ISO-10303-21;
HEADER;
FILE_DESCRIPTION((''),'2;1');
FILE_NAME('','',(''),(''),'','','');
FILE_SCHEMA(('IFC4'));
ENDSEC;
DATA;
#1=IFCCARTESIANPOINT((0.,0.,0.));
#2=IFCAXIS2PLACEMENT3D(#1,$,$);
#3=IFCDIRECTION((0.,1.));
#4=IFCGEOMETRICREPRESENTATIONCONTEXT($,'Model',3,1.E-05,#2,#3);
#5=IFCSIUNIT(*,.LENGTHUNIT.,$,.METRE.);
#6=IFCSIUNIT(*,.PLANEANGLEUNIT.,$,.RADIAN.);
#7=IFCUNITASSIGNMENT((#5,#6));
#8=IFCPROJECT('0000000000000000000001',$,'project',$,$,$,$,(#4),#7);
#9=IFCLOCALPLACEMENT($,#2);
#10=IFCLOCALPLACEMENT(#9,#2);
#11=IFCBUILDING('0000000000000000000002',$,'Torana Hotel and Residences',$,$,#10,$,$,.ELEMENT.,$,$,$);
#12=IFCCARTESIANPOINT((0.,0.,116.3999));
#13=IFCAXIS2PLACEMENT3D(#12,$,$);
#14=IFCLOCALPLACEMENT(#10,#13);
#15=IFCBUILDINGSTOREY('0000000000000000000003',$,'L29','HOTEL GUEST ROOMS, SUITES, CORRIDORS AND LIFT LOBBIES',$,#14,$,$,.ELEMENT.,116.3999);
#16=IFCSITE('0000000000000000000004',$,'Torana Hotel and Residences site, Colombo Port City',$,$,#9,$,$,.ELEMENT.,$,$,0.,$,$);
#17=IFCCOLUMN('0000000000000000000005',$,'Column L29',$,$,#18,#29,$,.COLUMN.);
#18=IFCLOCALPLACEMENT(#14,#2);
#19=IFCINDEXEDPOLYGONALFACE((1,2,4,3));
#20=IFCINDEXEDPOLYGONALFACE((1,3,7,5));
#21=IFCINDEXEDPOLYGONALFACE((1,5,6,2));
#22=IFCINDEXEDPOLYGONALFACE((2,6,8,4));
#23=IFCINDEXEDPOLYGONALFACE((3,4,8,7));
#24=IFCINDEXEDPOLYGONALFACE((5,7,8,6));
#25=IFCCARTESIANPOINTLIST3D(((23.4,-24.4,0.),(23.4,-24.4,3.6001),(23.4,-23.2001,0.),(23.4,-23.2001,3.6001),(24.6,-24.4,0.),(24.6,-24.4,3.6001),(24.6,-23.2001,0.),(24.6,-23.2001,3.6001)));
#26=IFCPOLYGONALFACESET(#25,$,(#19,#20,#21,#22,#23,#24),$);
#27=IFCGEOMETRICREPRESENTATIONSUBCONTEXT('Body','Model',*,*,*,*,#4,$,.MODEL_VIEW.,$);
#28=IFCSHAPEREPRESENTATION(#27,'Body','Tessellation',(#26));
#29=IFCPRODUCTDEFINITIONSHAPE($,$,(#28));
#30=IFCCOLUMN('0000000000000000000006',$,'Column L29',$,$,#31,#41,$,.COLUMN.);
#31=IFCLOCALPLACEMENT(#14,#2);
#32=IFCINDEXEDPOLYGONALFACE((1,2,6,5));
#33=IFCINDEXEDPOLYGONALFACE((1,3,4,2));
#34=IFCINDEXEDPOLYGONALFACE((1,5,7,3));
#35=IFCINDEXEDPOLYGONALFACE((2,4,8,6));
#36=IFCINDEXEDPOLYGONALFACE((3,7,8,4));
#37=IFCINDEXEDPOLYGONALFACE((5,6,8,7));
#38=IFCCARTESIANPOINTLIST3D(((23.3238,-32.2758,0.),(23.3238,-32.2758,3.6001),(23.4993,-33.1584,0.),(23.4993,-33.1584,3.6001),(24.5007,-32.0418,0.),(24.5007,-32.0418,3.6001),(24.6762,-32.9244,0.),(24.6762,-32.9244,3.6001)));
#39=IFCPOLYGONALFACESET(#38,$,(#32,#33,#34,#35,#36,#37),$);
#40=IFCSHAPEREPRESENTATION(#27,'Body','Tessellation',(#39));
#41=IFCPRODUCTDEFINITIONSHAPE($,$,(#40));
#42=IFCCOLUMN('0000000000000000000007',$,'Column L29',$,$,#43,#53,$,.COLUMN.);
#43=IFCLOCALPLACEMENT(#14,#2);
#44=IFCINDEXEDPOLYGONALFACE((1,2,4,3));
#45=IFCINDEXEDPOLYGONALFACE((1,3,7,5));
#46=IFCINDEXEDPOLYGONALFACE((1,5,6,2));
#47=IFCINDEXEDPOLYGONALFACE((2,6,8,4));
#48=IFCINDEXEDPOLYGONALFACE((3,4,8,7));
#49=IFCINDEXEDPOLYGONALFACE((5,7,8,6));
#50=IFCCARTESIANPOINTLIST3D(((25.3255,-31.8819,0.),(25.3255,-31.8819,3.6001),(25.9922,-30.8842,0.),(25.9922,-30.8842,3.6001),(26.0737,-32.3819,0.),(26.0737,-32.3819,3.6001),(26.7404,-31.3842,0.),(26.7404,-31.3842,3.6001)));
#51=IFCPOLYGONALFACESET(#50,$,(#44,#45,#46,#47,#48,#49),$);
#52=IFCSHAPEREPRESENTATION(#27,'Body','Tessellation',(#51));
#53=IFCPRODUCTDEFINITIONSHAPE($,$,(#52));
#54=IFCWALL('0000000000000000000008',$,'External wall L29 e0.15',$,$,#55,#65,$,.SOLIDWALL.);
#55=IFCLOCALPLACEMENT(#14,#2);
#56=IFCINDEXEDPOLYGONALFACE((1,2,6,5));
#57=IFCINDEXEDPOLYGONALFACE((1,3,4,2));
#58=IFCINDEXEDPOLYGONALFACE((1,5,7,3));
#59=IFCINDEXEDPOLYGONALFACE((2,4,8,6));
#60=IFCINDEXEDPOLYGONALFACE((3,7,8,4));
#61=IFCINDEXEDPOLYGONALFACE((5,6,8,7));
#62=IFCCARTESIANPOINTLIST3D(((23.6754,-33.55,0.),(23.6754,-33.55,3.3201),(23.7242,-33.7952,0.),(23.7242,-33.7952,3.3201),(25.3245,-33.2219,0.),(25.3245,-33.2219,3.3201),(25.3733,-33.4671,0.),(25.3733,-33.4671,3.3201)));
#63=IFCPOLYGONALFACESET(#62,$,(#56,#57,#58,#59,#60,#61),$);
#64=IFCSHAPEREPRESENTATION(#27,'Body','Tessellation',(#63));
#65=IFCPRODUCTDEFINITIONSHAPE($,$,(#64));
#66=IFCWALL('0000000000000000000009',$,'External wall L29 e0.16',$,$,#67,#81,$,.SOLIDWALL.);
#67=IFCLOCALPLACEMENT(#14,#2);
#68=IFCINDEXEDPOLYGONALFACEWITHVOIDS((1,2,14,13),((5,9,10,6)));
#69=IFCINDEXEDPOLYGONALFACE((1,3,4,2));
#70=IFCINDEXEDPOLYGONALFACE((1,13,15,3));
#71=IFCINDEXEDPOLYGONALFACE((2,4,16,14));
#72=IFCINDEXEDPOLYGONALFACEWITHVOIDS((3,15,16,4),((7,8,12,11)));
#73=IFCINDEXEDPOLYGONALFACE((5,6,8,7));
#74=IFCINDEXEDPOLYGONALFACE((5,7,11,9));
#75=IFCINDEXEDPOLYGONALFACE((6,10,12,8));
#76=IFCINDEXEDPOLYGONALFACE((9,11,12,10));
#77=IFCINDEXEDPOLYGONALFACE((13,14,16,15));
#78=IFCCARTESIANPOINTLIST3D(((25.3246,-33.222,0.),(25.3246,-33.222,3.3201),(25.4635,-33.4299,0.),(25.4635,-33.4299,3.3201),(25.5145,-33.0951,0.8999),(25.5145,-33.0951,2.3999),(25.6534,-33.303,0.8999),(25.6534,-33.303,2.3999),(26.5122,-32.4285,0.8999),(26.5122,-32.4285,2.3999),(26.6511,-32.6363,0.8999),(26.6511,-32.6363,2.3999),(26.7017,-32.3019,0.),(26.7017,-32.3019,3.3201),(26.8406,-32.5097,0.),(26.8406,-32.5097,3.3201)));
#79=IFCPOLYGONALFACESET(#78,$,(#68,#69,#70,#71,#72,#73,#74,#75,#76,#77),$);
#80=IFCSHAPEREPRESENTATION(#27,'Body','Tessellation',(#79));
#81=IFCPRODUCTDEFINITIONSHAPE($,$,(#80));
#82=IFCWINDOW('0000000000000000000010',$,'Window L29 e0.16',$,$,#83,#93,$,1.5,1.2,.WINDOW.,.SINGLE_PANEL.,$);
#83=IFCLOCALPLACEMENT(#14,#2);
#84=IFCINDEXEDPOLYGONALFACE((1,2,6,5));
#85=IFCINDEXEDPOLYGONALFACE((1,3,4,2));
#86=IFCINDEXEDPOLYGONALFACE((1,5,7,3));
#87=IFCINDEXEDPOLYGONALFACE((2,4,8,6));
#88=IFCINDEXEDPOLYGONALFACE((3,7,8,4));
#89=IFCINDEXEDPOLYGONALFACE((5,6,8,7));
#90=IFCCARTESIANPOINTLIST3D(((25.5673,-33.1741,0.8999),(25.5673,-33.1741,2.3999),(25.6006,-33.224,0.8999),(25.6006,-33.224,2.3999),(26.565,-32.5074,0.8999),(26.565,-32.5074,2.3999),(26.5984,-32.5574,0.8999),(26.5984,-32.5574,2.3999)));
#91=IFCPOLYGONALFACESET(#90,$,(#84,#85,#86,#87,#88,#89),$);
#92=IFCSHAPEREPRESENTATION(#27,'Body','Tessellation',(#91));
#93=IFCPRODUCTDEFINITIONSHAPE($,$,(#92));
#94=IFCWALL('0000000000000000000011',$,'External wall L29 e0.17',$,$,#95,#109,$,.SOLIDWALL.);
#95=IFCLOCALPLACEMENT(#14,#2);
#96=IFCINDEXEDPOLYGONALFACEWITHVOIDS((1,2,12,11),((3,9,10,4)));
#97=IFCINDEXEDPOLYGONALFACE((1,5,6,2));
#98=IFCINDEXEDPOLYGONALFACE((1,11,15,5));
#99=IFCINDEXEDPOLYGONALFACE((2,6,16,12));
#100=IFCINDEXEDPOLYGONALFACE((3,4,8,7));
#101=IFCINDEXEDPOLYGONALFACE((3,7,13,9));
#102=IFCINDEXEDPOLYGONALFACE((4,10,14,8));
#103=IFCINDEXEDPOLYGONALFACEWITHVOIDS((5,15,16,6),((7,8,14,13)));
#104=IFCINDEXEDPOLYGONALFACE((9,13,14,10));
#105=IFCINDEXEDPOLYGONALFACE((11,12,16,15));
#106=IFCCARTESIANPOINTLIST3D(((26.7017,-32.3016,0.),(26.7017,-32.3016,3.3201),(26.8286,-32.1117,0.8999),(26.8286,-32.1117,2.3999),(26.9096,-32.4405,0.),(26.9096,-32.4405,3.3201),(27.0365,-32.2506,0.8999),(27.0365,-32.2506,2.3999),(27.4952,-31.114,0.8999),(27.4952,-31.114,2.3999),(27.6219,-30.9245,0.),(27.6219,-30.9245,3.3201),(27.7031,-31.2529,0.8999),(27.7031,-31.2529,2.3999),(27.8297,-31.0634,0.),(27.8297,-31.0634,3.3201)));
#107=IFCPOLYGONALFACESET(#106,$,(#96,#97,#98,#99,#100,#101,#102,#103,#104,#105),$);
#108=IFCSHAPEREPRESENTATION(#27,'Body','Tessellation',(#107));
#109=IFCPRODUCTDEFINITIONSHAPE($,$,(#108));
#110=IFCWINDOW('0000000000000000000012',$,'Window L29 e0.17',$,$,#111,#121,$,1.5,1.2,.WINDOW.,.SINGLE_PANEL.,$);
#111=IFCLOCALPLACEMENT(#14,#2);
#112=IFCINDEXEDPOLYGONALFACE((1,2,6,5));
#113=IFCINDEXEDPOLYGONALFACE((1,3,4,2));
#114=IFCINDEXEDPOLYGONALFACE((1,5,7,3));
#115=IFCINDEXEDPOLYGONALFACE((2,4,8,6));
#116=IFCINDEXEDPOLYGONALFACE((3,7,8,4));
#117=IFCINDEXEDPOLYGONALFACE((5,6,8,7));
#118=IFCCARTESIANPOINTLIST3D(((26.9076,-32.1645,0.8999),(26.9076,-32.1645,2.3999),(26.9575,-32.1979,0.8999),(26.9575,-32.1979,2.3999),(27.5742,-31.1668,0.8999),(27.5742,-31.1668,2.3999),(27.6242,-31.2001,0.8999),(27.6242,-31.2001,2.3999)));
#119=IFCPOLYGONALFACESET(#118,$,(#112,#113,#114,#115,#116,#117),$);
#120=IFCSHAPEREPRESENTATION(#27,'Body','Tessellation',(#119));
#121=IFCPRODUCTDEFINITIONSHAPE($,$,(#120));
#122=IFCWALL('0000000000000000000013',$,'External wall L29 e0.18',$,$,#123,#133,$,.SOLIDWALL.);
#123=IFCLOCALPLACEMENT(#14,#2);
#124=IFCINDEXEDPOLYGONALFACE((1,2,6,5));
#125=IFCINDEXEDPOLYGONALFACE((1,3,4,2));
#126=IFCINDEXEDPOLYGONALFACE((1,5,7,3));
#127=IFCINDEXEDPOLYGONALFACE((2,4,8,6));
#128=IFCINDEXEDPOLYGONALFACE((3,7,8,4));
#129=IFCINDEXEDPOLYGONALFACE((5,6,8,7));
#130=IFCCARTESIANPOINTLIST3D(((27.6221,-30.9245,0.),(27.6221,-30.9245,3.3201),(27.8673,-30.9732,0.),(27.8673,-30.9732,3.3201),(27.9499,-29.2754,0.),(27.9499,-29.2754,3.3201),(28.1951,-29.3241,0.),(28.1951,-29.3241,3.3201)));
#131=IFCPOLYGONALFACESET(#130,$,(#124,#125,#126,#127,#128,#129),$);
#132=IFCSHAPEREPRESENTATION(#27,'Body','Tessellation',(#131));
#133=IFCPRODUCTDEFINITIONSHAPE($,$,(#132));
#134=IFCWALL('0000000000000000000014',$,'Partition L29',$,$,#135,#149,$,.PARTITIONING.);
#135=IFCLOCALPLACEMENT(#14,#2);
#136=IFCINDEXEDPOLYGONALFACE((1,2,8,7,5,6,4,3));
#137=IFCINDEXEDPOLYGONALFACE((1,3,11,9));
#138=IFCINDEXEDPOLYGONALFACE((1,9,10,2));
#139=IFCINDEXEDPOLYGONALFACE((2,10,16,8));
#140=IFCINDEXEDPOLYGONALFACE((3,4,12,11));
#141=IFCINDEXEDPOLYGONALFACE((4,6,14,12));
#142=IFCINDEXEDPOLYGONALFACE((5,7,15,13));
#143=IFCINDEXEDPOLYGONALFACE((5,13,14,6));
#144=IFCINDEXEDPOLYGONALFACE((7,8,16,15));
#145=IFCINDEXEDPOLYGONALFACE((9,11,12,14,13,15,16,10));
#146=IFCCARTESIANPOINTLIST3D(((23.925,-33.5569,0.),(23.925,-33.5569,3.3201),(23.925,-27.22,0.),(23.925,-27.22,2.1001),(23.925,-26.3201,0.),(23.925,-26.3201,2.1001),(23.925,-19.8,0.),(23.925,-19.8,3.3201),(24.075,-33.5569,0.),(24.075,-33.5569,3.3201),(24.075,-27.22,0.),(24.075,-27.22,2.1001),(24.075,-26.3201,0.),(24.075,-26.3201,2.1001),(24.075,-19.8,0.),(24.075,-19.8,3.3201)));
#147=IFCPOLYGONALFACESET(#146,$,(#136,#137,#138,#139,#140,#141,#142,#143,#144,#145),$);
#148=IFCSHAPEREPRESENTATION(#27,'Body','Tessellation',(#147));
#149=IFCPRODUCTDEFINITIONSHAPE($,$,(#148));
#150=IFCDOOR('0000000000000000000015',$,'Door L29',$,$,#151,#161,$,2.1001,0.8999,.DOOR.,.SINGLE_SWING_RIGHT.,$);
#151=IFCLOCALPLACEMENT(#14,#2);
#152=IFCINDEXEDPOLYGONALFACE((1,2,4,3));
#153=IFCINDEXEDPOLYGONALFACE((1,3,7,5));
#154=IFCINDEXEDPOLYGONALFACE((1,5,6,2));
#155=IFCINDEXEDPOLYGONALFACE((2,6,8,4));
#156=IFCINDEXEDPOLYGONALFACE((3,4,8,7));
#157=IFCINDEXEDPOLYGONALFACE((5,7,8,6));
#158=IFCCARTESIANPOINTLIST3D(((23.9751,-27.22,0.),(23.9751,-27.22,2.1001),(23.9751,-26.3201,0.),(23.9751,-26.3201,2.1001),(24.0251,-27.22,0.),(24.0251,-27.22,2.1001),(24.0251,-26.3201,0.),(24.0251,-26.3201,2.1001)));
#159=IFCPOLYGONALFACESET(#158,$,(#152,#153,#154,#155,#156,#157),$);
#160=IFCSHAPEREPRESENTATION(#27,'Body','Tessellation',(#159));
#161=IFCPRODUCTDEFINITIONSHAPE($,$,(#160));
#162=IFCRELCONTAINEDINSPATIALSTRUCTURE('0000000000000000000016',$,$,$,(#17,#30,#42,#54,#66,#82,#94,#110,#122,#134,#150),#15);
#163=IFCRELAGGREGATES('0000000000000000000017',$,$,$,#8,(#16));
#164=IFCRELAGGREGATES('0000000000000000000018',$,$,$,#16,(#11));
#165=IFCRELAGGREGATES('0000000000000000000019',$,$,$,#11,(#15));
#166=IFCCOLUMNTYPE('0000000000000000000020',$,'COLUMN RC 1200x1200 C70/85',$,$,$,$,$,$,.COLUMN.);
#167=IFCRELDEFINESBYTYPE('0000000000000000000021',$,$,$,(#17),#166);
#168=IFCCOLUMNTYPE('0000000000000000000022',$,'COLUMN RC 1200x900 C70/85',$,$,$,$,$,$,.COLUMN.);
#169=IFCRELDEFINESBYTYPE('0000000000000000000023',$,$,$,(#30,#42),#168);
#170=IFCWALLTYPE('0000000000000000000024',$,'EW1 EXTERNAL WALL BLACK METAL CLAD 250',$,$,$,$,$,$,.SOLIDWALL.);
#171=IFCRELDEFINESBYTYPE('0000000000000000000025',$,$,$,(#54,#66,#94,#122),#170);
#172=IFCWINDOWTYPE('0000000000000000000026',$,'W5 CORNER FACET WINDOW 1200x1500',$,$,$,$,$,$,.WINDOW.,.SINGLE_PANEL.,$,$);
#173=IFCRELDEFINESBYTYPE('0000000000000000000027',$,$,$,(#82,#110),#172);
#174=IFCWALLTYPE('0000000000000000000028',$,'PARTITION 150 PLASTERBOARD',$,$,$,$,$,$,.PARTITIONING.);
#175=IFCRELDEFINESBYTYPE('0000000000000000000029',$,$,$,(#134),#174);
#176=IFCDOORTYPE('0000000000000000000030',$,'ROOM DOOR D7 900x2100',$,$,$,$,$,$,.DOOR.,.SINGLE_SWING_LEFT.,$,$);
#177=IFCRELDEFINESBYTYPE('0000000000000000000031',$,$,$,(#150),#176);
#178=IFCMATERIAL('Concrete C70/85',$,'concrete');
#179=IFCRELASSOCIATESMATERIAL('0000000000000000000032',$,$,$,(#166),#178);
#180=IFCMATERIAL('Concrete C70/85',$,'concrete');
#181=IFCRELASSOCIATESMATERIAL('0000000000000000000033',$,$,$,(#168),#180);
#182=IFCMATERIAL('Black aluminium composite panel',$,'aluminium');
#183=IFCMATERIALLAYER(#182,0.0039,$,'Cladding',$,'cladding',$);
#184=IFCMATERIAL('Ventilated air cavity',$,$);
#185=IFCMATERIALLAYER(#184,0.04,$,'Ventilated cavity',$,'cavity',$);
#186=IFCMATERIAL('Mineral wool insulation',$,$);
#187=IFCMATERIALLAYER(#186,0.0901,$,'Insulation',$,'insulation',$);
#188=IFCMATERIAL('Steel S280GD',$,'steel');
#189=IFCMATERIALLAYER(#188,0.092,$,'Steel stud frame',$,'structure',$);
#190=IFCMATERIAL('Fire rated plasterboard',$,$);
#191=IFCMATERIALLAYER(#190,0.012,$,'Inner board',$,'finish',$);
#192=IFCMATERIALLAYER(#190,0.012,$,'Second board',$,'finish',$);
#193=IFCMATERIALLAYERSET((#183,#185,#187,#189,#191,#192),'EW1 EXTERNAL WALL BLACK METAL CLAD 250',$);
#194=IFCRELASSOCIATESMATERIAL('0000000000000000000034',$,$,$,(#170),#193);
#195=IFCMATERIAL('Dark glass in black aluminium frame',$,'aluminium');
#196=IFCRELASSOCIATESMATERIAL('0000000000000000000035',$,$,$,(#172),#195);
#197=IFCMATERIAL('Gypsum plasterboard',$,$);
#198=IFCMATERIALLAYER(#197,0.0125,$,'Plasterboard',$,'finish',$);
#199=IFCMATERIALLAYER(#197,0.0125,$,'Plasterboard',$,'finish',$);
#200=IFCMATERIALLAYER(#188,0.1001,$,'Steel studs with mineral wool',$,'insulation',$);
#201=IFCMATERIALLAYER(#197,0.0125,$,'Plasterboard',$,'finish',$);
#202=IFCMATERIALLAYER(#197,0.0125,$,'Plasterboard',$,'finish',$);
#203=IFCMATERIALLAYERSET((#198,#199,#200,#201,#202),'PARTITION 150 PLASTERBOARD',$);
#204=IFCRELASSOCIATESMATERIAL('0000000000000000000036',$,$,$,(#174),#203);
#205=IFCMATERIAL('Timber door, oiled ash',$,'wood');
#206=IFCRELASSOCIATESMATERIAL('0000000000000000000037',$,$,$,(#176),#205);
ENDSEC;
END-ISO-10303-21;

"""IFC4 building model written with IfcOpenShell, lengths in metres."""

from ifc_helpers import new_model, si_unit, direction, frame, frame_2d, origin, origin_2d, place, context, subcontext, project, spatial, rectangle, extrude, material, layer, layer_set, material_profile, profile_set, type_object, element, fill, save


model = new_model("IFC4")

# Units and contexts
model_context = context("Model", 3, precision=1e-05, world=origin(), true_north=direction((0.0, 1.0)))
body_context = subcontext(model_context, "Body", "Model", "MODEL_VIEW")
ifc_project = project(units=[si_unit("LENGTHUNIT", "METRE"), si_unit("PLANEANGLEUNIT", "RADIAN")], contexts=[model_context])

# Site, building, storey
site_placement = place(None, origin())
site = spatial("IfcSite", under=ifc_project, at=site_placement, Name="Torana Hotel and Residences site, Colombo Port City", CompositionType="ELEMENT", RefElevation=0.0)
building_placement = place(site_placement, origin())
building = spatial("IfcBuilding", under=site, at=building_placement, Name="Torana Hotel and Residences", CompositionType="ELEMENT")
storey_placement = place(building_placement, frame((0.0, 0.0, 116.3999)))
storey = spatial("IfcBuildingStorey", under=building, at=storey_placement, Name="L29", Description="HOTEL GUEST ROOMS, SUITES, CORRIDORS AND LIFT LOBBIES", CompositionType="ELEMENT", Elevation=116.3999)

# Columns
ifc_material_1 = material(Name="Concrete C70/85", Category="concrete")
ifc_material_profile_1 = material_profile(ifc_material_1, rectangle(XDim=1.2, YDim=1.2, at=origin_2d()), Name="RC 1200x1200")
ifc_profile_set_1 = profile_set([ifc_material_profile_1], Name="Concrete C70/85")
column_type_1 = type_object("IfcColumnType", Name="COLUMN RC 1200x1200 C70/85", PredefinedType="COLUMN", material=ifc_profile_set_1)
column_placement = place(storey_placement, frame((24.0, -23.8, 0.0), z_axis=(0.0, 0.0, 1.0), x_axis=(1.0, 0.0, 0.0)))
element("IfcColumn", 1, at=column_placement, inside=storey, type_object=column_type_1, Name="Column L29", PredefinedType="COLUMN", context=body_context, shape_type="SweptSolid", body=[
    extrude(rectangle(XDim=1.2, YDim=1.2, at=origin_2d()), origin(), (0.0, 0.0, 1.0), 3.6001),
])
ifc_material_2 = material(Name="Concrete C70/85", Category="concrete")
ifc_material_profile_2 = material_profile(ifc_material_2, rectangle(XDim=1.2, YDim=0.8999, at=origin_2d()), Name="RC 1200x900")
ifc_profile_set_2 = profile_set([ifc_material_profile_2], Name="Concrete C70/85")
column_type_2 = type_object("IfcColumnType", Name="COLUMN RC 1200x900 C70/85", PredefinedType="COLUMN", material=ifc_profile_set_2)
for number, where, z_axis, x_axis, name in (
    (2, (24.0, -32.6001, 0.0), (0.0, 0.0, 1.0), (0.980792, 0.195056, 0.0), "Column L29"),
    (3, (26.033, -31.6331, 0.0), (0.0, 0.0, 1.0), (0.555585, 0.83146, 0.0), "Column L29"),
):
    element("IfcColumn", number, at=place(storey_placement, frame(where, z_axis=z_axis, x_axis=x_axis)), inside=storey, type_object=column_type_2, Name=name, PredefinedType="COLUMN", context=body_context, shape_type="SweptSolid", body=[
        extrude(rectangle(XDim=1.2, YDim=0.8999, at=origin_2d()), origin(), (0.0, 0.0, 1.0), 3.6001),
    ])

# Wall
ifc_material_3 = material(Name="Black aluminium composite panel", Category="aluminium")
ifc_layer_1 = layer(ifc_material_3, 0.0039, Name="Cladding", Category="cladding")
ifc_material_4 = material(Name="Ventilated air cavity")
ifc_layer_2 = layer(ifc_material_4, 0.04, Name="Ventilated cavity", Category="cavity")
ifc_material_5 = material(Name="Mineral wool insulation")
ifc_layer_3 = layer(ifc_material_5, 0.0901, Name="Insulation", Category="insulation")
ifc_material_6 = material(Name="Steel S280GD", Category="steel")
ifc_layer_4 = layer(ifc_material_6, 0.092, Name="Steel stud frame", Category="structure")
ifc_material_7 = material(Name="Fire rated plasterboard")
ifc_layer_5 = layer(ifc_material_7, 0.012, Name="Inner board", Category="finish")
ifc_layer_6 = layer(ifc_material_7, 0.012, Name="Second board", Category="finish")
ifc_layer_set_1 = layer_set([ifc_layer_1, ifc_layer_2, ifc_layer_3, ifc_layer_4, ifc_layer_5, ifc_layer_6], Name="EW1 EXTERNAL WALL BLACK METAL CLAD 250")
wall_type_1 = type_object("IfcWallType", Name="EW1 EXTERNAL WALL BLACK METAL CLAD 250", PredefinedType="SOLIDWALL", material=ifc_layer_set_1)
wall_1_placement = place(storey_placement, frame((23.6997, -33.6726, 0.0), z_axis=(0.0, 0.0, 1.0), x_axis=(0.980776, 0.195139, 0.0)))
element("IfcWall", 4, at=wall_1_placement, inside=storey, type_object=wall_type_1, Name="External wall L29 e0.15", PredefinedType="SOLIDWALL", context=body_context, shape_type="SweptSolid", body=[
    extrude(rectangle(XDim=1.6814, YDim=0.25, at=frame_2d((0.8408, 0.0))), origin(), (0.0, 0.0, 1.0), 3.3201),
])

# Walls, openings, windows
wall_2_placement = place(storey_placement, frame((25.394, -33.3259, 0.0), z_axis=(0.0, 0.0, 1.0), x_axis=(0.831483, 0.55555, 0.0)))
wall_2 = element("IfcWall", 5, at=wall_2_placement, inside=storey, type_object=wall_type_1, Name="External wall L29 e0.16", PredefinedType="SOLIDWALL", context=body_context, shape_type="SweptSolid", body=[
    extrude(rectangle(XDim=1.6562, YDim=0.25, at=frame_2d((0.8281, 0.0))), origin(), (0.0, 0.0, 1.0), 3.3201),
])
opening_1_placement = place(wall_2_placement, frame((0.2283, 0.0, 0.8999)))
opening_1 = element("IfcOpeningElement", 6, at=opening_1_placement, cuts=wall_2, PredefinedType="OPENING", context=body_context, shape_type="SweptSolid", body=[
    extrude(rectangle(XDim=1.2, YDim=1.5, at=frame_2d((0.6001, 0.75))), frame((0.0, 0.135, 0.0), z_axis=(0.0, -1.0, 0.0), x_axis=(1.0, 0.0, 0.0)), (0.0, 0.0, 1.0), 0.27),
])
ifc_material_8 = material(Name="Dark glass in black aluminium frame", Category="aluminium")
window_type_1 = type_object("IfcWindowType", Name="W5 CORNER FACET WINDOW 1200x1500", PartitioningType="SINGLE_PANEL", PredefinedType="WINDOW", material=ifc_material_8)
window_1_placement = place(opening_1_placement, origin())
window_1 = element("IfcWindow", 7, at=window_1_placement, inside=storey, type_object=window_type_1, Name="Window L29 e0.16", OverallHeight=1.5, OverallWidth=1.2, PartitioningType="SINGLE_PANEL", PredefinedType="WINDOW", context=body_context, shape_type="SweptSolid", body=[
    extrude(rectangle(XDim=1.2, YDim=1.5, at=frame_2d((0.6001, 0.75))), frame((0.0, 0.03, 0.0), z_axis=(0.0, -1.0, 0.0), x_axis=(1.0, 0.0, 0.0)), (0.0, 0.0, 1.0), 0.0601),
])
fill(opening_1, window_1)
wall_3_placement = place(storey_placement, frame((26.8057, -32.3711, 0.0), z_axis=(0.0, 0.0, 1.0), x_axis=(0.55555, 0.831483, 0.0)))
wall_3 = element("IfcWall", 8, at=wall_3_placement, inside=storey, type_object=wall_type_1, Name="External wall L29 e0.17", PredefinedType="SOLIDWALL", context=body_context, shape_type="SweptSolid", body=[
    extrude(rectangle(XDim=1.6562, YDim=0.25, at=frame_2d((0.8281, 0.0))), origin(), (0.0, 0.0, 1.0), 3.3201),
])
opening_2_placement = place(wall_3_placement, frame((0.2283, 0.0, 0.8999)))
opening_2 = element("IfcOpeningElement", 9, at=opening_2_placement, cuts=wall_3, PredefinedType="OPENING", context=body_context, shape_type="SweptSolid", body=[
    extrude(rectangle(XDim=1.2, YDim=1.5, at=frame_2d((0.6001, 0.75))), frame((0.0, 0.135, 0.0), z_axis=(0.0, -1.0, 0.0), x_axis=(1.0, 0.0, 0.0)), (0.0, 0.0, 1.0), 0.27),
])
window_2_placement = place(opening_2_placement, origin())
window_2 = element("IfcWindow", 10, at=window_2_placement, inside=storey, type_object=window_type_1, Name="Window L29 e0.17", OverallHeight=1.5, OverallWidth=1.2, PartitioningType="SINGLE_PANEL", PredefinedType="WINDOW", context=body_context, shape_type="SweptSolid", body=[
    extrude(rectangle(XDim=1.2, YDim=1.5, at=frame_2d((0.6001, 0.75))), frame((0.0, 0.03, 0.0), z_axis=(0.0, -1.0, 0.0), x_axis=(1.0, 0.0, 0.0)), (0.0, 0.0, 1.0), 0.0601),
])
fill(opening_2, window_2)

# Wall
wall_4_placement = place(storey_placement, frame((27.7446, -30.949, 0.0), z_axis=(0.0, 0.0, 1.0), x_axis=(0.194999, 0.980803, 0.0)))
element("IfcWall", 11, at=wall_4_placement, inside=storey, type_object=wall_type_1, Name="External wall L29 e0.18", PredefinedType="SOLIDWALL", context=body_context, shape_type="SweptSolid", body=[
    extrude(rectangle(XDim=1.6814, YDim=0.25, at=frame_2d((0.8408, 0.0))), origin(), (0.0, 0.0, 1.0), 3.3201),
])

# Wall, opening, door
ifc_material_9 = material(Name="Gypsum plasterboard")
ifc_layer_7 = layer(ifc_material_9, 0.0125, Name="Plasterboard", Category="finish")
ifc_layer_8 = layer(ifc_material_9, 0.0125, Name="Plasterboard", Category="finish")
ifc_layer_9 = layer(ifc_material_6, 0.1001, Name="Steel studs with mineral wool", Category="insulation")
ifc_layer_10 = layer(ifc_material_9, 0.0125, Name="Plasterboard", Category="finish")
ifc_layer_11 = layer(ifc_material_9, 0.0125, Name="Plasterboard", Category="finish")
ifc_layer_set_2 = layer_set([ifc_layer_7, ifc_layer_8, ifc_layer_9, ifc_layer_10, ifc_layer_11], Name="PARTITION 150 PLASTERBOARD")
wall_type_2 = type_object("IfcWallType", Name="PARTITION 150 PLASTERBOARD", PredefinedType="PARTITIONING", material=ifc_layer_set_2)
wall_5_placement = place(storey_placement, frame((24.0, -33.5569, 0.0), z_axis=(0.0, 0.0, 1.0), x_axis=(0.0, 1.0, 0.0)))
wall_5 = element("IfcWall", 12, at=wall_5_placement, inside=storey, type_object=wall_type_2, Name="Partition L29", PredefinedType="PARTITIONING", context=body_context, shape_type="SweptSolid", body=[
    extrude(rectangle(XDim=13.7568, YDim=0.1499, at=frame_2d((6.8784, 0.0))), origin(), (0.0, 0.0, 1.0), 3.3201),
])
opening_3_placement = place(wall_5_placement, frame((6.3369, 0.0, 0.0)))
opening_3 = element("IfcOpeningElement", 13, at=opening_3_placement, cuts=wall_5, PredefinedType="OPENING", context=body_context, shape_type="SweptSolid", body=[
    extrude(rectangle(XDim=0.8999, YDim=2.1001, at=frame_2d((0.45, 1.05))), frame((0.0, 0.085, 0.0), z_axis=(0.0, -1.0, 0.0), x_axis=(1.0, 0.0, 0.0)), (0.0, 0.0, 1.0), 0.1699),
])
ifc_material_10 = material(Name="Timber door, oiled ash", Category="wood")
door_type_1 = type_object("IfcDoorType", Name="ROOM DOOR D7 900x2100", OperationType="SINGLE_SWING_LEFT", PredefinedType="DOOR", material=ifc_material_10)
door_1_placement = place(opening_3_placement, origin())
door_1 = element("IfcDoor", 14, at=door_1_placement, inside=storey, type_object=door_type_1, Name="Door L29", OperationType="SINGLE_SWING_RIGHT", OverallHeight=2.1001, OverallWidth=0.8999, PredefinedType="DOOR", context=body_context, shape_type="SweptSolid", body=[
    extrude(rectangle(XDim=0.8999, YDim=2.1001, at=frame_2d((0.45, 1.05))), frame((0.0, 0.0249, 0.0), z_axis=(0.0, -1.0, 0.0), x_axis=(1.0, 0.0, 0.0)), (0.0, 0.0, 1.0), 0.05),
])
fill(opening_3, door_1)

save(model, "model.ifc")
